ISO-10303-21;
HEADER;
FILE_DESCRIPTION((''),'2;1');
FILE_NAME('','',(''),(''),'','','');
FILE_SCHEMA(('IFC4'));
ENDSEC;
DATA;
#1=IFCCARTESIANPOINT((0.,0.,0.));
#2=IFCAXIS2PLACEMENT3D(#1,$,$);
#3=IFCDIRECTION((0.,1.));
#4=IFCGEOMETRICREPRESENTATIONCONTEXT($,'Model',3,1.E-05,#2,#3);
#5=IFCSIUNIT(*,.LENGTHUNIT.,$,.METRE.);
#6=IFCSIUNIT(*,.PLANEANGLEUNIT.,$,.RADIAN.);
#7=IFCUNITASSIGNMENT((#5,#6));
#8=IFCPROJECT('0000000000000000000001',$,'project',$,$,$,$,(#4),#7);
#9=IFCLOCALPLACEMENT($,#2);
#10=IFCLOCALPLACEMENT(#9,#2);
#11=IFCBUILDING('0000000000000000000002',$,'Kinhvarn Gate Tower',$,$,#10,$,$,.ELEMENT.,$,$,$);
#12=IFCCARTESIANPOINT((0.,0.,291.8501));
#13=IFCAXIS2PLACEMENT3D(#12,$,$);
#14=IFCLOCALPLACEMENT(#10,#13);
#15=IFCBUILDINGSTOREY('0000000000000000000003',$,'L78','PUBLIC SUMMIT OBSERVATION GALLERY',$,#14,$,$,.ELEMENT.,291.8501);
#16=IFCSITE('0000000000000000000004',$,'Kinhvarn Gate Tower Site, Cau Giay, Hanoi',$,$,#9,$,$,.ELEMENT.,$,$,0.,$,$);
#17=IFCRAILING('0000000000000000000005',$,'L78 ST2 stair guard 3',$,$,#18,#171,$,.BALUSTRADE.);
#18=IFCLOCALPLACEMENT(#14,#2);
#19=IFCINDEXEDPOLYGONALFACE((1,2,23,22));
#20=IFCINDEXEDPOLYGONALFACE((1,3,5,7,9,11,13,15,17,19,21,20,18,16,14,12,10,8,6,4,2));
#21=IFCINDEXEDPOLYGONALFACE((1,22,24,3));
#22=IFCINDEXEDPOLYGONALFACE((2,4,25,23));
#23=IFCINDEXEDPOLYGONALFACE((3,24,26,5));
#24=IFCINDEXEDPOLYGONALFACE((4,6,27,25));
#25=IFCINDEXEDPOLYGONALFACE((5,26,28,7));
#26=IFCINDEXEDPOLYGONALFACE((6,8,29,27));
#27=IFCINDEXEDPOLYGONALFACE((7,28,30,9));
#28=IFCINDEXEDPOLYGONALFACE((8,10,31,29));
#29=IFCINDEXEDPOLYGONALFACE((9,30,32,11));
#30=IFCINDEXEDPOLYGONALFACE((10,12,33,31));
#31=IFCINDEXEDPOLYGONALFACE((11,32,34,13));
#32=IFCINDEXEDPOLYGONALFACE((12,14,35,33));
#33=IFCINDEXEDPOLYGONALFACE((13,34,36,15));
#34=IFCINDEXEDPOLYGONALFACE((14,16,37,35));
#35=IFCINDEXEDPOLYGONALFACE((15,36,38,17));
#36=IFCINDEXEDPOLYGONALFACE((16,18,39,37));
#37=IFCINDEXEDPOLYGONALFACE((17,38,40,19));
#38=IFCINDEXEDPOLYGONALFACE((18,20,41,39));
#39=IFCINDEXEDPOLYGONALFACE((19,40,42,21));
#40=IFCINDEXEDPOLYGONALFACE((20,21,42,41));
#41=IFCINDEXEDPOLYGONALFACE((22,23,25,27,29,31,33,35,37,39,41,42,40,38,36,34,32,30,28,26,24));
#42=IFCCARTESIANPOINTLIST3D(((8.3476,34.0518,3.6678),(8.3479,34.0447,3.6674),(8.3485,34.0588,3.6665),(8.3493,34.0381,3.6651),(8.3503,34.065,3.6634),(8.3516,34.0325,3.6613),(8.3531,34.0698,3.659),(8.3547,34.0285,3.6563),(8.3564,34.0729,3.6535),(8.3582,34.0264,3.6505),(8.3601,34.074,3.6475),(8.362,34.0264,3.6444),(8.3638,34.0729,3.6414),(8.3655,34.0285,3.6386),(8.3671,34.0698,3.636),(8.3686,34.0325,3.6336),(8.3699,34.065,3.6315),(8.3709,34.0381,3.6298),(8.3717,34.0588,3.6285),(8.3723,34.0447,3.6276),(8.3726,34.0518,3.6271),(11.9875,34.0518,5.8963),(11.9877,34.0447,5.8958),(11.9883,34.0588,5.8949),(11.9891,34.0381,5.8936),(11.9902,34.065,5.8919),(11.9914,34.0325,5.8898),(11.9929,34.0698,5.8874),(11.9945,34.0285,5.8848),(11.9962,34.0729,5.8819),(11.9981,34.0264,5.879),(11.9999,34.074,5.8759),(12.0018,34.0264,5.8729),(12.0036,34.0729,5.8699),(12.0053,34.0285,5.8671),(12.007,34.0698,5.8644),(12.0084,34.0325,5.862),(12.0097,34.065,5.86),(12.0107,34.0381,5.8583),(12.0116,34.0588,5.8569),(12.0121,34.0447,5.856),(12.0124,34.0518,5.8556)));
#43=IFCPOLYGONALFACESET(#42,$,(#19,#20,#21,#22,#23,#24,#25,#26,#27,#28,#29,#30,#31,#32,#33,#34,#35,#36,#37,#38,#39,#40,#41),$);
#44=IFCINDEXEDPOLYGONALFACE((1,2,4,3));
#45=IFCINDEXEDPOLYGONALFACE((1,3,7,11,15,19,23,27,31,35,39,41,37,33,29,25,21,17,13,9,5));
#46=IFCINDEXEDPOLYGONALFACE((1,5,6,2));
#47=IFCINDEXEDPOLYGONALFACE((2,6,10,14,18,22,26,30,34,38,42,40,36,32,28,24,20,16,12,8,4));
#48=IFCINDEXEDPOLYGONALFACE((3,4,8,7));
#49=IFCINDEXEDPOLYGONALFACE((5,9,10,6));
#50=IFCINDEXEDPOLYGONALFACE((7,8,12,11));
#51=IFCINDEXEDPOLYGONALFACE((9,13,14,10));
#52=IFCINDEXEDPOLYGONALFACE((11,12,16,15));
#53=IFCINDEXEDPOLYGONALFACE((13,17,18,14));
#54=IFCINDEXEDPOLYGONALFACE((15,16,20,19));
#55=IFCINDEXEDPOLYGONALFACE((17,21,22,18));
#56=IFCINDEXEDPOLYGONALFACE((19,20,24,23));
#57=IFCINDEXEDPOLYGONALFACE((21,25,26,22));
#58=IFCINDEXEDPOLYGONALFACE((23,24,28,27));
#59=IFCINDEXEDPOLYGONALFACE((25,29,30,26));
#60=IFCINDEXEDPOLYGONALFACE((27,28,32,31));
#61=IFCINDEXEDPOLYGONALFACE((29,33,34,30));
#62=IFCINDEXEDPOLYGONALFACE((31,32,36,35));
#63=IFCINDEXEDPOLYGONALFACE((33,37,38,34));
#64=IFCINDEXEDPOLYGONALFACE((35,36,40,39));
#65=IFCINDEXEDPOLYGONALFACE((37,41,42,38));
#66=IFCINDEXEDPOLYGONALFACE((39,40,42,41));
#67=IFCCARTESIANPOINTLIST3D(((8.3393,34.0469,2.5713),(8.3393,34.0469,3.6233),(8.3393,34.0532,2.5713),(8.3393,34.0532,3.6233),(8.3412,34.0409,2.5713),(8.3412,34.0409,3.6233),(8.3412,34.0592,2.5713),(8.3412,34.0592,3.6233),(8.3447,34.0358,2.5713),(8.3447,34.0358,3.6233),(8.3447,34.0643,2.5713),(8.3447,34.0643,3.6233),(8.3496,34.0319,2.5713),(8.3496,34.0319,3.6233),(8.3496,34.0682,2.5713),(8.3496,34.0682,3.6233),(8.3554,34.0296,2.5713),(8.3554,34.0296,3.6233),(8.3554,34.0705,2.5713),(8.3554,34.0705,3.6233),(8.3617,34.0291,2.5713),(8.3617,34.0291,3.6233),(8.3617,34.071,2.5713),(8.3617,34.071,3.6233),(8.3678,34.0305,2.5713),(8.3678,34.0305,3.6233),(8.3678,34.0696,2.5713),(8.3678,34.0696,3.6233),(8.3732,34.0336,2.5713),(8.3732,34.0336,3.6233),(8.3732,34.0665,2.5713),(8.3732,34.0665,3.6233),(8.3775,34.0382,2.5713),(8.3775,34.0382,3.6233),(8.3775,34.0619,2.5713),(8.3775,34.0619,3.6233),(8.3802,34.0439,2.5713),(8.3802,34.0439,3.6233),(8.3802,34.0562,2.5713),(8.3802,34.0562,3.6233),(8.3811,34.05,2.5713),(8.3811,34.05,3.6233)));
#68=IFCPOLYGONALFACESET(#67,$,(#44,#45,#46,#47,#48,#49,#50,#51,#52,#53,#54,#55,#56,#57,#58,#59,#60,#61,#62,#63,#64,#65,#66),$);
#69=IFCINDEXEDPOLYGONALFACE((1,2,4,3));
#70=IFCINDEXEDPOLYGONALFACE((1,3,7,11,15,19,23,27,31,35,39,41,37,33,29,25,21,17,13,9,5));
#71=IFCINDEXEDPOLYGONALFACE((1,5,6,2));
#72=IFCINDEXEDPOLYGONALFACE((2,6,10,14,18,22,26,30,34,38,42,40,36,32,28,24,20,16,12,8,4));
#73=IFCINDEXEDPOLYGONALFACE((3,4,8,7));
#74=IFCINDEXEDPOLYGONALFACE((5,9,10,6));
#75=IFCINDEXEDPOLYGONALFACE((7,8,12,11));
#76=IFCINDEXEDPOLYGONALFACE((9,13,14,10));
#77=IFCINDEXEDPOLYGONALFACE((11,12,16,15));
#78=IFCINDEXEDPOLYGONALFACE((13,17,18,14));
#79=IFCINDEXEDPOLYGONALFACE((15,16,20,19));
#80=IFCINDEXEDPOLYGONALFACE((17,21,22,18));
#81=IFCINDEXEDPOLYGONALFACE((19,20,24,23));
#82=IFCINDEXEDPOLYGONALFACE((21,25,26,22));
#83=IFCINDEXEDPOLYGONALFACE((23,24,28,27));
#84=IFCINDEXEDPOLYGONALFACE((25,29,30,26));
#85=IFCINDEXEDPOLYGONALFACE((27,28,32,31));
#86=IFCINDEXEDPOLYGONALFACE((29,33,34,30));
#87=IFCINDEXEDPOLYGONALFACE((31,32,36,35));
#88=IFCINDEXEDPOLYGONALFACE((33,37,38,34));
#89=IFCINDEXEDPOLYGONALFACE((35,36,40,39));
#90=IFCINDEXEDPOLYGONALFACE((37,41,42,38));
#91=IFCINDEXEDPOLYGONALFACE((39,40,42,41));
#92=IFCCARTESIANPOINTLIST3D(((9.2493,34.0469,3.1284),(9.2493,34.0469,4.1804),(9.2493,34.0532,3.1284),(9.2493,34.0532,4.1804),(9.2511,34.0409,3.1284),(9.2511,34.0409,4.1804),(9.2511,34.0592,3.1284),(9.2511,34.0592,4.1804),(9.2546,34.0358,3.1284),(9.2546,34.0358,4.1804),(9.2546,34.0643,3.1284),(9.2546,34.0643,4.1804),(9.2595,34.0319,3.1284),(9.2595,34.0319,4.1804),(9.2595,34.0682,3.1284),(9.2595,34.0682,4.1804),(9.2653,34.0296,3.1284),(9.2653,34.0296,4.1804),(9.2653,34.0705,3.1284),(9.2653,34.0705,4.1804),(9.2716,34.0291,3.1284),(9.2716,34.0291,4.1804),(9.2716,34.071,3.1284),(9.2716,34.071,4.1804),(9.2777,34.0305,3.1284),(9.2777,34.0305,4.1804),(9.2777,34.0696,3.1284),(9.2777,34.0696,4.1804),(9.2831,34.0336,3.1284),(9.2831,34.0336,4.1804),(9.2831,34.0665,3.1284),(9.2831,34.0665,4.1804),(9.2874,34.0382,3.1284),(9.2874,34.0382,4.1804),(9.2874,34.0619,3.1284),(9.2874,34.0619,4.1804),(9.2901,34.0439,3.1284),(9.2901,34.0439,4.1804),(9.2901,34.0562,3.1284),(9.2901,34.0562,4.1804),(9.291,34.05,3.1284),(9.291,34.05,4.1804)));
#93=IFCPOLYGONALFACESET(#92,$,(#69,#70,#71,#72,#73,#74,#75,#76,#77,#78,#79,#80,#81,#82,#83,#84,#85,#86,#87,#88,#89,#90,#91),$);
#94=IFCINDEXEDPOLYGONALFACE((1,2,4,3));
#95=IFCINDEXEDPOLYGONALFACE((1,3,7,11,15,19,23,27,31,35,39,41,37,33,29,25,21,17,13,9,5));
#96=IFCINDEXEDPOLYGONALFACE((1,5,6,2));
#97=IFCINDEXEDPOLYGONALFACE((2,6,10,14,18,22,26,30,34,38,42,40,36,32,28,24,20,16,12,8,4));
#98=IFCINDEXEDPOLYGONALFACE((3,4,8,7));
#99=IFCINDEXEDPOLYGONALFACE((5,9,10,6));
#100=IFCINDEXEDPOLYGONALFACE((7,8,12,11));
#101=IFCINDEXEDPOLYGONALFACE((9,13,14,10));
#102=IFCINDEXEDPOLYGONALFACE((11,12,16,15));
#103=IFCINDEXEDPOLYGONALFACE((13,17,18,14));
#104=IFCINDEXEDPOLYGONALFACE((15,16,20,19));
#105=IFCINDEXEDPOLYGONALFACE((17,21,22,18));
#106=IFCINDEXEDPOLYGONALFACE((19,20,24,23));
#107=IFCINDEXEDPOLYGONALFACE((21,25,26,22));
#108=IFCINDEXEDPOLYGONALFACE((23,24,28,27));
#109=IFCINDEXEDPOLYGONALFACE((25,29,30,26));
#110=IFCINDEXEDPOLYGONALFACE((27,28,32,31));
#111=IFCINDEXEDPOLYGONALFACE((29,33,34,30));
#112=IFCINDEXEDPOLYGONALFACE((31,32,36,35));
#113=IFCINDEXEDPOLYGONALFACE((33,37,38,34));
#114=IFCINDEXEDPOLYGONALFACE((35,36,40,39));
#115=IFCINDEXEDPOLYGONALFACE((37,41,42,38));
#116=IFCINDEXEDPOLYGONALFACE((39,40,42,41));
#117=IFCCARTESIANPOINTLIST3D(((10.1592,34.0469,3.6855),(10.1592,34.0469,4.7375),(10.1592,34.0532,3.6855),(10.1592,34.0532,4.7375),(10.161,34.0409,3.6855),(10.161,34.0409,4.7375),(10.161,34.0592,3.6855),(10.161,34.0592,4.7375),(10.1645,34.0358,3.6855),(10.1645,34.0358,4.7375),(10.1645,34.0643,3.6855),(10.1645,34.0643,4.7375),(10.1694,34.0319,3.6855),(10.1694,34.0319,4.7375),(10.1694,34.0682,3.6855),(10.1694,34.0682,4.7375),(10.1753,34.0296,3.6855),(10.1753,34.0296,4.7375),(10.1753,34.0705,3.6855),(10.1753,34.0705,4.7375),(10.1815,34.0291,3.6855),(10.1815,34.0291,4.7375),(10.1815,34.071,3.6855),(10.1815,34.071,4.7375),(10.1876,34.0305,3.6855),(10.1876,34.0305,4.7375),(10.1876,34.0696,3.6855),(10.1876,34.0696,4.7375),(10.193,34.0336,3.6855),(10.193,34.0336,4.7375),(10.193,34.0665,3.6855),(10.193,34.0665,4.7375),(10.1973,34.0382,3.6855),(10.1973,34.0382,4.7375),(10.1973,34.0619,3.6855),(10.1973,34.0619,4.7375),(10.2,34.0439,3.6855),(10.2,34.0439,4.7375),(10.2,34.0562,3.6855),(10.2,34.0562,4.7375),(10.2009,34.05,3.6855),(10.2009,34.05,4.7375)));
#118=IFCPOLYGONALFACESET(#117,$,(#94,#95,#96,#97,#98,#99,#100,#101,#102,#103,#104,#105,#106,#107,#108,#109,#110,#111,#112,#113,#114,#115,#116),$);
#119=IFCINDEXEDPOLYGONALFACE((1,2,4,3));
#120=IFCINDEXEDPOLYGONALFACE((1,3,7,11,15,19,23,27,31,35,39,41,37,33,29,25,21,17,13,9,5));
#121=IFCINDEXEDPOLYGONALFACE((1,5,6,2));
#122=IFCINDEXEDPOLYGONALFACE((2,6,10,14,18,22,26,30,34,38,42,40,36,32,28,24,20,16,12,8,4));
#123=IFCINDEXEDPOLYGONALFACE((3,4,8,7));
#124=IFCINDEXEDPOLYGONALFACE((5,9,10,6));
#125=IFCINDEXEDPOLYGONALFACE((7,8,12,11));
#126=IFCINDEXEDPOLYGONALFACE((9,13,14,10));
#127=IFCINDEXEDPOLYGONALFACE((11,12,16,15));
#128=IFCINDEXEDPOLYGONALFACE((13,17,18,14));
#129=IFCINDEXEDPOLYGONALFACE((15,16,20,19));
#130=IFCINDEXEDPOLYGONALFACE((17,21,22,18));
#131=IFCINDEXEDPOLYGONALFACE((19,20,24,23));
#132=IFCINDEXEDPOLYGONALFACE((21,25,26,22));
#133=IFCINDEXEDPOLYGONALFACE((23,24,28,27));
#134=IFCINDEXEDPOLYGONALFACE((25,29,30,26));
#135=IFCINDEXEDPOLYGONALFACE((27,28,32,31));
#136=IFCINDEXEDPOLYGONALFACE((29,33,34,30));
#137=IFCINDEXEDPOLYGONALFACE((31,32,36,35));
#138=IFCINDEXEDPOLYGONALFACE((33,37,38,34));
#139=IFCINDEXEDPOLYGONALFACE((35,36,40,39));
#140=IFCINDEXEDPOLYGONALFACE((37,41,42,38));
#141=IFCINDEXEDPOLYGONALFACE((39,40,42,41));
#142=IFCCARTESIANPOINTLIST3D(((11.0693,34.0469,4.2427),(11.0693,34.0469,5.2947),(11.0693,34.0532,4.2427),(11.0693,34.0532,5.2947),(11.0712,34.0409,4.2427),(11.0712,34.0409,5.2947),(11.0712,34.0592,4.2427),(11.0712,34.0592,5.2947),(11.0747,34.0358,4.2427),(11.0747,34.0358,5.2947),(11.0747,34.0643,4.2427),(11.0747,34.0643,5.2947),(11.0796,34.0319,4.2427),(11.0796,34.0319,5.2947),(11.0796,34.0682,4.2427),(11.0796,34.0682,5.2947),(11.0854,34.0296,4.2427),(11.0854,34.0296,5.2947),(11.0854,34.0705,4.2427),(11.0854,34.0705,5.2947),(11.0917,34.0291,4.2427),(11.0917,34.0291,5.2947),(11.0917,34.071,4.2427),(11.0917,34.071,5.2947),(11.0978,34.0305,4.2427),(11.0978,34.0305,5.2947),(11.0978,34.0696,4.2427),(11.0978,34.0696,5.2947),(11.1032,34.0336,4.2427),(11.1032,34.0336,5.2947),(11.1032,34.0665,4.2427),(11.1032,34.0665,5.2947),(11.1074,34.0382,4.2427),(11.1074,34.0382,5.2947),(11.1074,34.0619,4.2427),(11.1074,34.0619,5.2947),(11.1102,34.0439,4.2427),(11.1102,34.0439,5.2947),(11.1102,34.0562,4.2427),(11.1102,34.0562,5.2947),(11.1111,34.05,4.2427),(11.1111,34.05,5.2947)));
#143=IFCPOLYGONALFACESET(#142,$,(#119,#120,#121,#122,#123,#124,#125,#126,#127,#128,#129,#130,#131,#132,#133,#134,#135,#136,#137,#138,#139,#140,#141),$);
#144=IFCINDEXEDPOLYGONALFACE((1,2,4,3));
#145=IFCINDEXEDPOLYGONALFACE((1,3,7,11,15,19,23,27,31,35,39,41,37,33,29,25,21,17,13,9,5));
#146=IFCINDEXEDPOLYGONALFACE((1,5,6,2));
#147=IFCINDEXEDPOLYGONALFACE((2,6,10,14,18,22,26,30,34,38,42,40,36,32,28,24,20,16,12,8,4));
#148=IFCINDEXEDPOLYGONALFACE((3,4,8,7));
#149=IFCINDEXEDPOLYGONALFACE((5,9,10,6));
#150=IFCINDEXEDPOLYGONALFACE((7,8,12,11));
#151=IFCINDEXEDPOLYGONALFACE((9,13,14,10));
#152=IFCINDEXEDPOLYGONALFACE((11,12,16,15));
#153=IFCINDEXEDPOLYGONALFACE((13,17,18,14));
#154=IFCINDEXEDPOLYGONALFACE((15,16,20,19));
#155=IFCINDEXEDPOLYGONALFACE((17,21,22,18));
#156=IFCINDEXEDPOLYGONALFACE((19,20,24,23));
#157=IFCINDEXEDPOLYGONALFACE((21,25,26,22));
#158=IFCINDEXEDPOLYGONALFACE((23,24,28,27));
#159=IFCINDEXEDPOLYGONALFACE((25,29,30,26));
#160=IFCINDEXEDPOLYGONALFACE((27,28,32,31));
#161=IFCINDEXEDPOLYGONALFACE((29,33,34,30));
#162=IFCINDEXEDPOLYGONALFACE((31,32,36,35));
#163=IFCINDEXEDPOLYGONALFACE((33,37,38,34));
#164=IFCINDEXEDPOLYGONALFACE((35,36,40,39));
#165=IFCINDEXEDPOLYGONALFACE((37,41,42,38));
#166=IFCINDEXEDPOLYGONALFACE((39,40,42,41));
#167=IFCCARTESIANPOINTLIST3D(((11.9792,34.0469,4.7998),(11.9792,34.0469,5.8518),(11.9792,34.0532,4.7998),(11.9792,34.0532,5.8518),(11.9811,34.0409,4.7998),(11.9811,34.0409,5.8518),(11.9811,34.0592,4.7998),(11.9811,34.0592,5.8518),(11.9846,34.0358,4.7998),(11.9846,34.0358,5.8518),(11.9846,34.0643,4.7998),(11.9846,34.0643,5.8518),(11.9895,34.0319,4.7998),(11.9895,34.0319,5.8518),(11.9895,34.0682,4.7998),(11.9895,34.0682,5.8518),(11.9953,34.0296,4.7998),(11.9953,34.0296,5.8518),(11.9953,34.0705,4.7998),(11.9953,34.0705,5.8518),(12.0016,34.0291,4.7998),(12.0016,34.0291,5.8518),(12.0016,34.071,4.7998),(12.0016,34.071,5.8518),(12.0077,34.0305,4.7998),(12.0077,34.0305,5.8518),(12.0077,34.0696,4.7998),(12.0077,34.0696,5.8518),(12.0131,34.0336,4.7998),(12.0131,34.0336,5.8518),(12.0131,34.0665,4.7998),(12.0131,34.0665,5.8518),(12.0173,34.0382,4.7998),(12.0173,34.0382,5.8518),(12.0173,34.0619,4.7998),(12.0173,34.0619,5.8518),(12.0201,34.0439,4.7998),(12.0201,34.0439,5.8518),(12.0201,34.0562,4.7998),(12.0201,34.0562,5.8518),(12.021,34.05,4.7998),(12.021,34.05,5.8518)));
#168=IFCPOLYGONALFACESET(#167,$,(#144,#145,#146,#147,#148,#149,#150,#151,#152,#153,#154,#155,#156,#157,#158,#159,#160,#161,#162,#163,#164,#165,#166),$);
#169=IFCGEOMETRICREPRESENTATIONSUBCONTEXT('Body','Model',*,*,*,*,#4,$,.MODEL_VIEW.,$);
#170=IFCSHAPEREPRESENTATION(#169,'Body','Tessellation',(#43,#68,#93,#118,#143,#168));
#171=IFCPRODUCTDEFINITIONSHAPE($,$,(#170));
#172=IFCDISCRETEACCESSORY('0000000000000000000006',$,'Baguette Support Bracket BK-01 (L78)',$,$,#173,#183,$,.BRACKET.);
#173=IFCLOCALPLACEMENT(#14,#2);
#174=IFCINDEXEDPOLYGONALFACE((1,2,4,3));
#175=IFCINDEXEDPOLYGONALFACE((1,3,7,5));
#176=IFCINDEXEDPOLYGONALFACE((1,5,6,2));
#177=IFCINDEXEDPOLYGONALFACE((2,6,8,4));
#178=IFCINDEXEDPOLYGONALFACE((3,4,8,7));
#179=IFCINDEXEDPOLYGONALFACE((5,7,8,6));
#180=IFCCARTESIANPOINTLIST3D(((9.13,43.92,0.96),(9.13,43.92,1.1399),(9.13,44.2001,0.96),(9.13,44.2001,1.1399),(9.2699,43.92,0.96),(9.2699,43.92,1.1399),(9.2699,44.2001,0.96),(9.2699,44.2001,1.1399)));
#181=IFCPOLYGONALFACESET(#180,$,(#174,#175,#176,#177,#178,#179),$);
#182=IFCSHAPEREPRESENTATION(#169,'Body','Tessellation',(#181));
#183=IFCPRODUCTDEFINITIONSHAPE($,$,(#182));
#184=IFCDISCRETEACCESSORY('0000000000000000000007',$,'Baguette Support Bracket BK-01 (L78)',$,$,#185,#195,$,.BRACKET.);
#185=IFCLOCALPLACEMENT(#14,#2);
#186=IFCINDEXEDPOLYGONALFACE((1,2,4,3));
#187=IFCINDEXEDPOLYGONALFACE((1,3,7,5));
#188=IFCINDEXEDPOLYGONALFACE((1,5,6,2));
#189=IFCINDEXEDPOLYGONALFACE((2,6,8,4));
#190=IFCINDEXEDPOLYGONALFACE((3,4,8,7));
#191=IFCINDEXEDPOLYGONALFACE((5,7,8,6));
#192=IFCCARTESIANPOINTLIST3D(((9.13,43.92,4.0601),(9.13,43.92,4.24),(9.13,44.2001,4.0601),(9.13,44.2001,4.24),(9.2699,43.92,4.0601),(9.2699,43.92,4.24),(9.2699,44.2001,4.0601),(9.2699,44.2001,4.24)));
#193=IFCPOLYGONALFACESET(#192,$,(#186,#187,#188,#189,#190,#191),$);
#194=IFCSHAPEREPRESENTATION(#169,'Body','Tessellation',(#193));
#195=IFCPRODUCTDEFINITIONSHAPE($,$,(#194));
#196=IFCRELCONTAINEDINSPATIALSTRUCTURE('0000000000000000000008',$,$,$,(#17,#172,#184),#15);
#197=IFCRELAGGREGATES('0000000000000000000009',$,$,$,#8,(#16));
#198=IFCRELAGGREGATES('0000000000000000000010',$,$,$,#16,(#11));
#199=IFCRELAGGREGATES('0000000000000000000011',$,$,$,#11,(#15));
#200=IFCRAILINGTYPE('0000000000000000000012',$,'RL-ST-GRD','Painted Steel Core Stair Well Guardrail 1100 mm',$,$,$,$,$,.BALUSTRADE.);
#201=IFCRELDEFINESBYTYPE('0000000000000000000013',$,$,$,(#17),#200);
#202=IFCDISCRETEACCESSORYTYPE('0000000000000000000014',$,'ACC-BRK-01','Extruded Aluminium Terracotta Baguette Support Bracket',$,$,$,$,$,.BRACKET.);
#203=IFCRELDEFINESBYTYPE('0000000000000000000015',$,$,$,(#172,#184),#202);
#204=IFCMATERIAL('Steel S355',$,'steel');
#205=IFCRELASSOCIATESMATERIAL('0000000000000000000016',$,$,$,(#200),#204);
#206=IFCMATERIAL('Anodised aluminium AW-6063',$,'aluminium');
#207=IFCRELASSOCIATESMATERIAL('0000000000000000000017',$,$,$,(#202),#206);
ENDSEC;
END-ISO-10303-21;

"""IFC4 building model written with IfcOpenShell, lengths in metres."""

from ifc_helpers import new_model, si_unit, direction, frame, origin, origin_2d, place, context, subcontext, project, spatial, rectangle, circle, extrude, material, type_object, element, save


model = new_model("IFC4")

# Units and contexts
model_context = context("Model", 3, precision=1e-05, world=origin(), true_north=direction((0.0, 1.0)))
body_context = subcontext(model_context, "Body", "Model", "MODEL_VIEW")
ifc_project = project(units=[si_unit("LENGTHUNIT", "METRE"), si_unit("PLANEANGLEUNIT", "RADIAN")], contexts=[model_context])

# Site, building, storey
site_placement = place(None, origin())
site = spatial("IfcSite", under=ifc_project, at=site_placement, Name="Kinhvarn Gate Tower Site, Cau Giay, Hanoi", CompositionType="ELEMENT", RefElevation=0.0)
building_placement = place(site_placement, origin())
building = spatial("IfcBuilding", under=site, at=building_placement, Name="Kinhvarn Gate Tower", CompositionType="ELEMENT")
storey_placement = place(building_placement, frame((0.0, 0.0, 291.8501)))
storey = spatial("IfcBuildingStorey", under=building, at=storey_placement, Name="L78", Description="PUBLIC SUMMIT OBSERVATION GALLERY", CompositionType="ELEMENT", Elevation=291.8501)

# Shared definitions
ifc_material_1 = material(Name="Anodised aluminium AW-6063", Category="aluminium")

# Shared definitions
ifc_material_2 = material(Name="Steel S355", Category="steel")

# Railing
railing_type = type_object("IfcRailingType", Name="RL-ST-GRD", Description="Painted Steel Core Stair Well Guardrail 1100 mm", PredefinedType="BALUSTRADE", material=ifc_material_2)
railing_1_placement = place(storey_placement, frame((8.3601, 34.05, 2.5713)))
element("IfcRailing", 1, at=railing_1_placement, inside=storey, type_object=railing_type, Name="L78 ST2 stair guard 3", PredefinedType="BALUSTRADE", context=body_context, shape_type="SweptSolid", body=[
    extrude(circle(Radius=0.0239, at=origin_2d()), frame((0.0, 0.0, 1.0762), z_axis=(0.85285, 0.0, 0.522156), x_axis=(0.0, 1.0, 0.0)), (0.0, 0.0, 1.0), 4.2678),
    extrude(circle(Radius=0.021, at=origin_2d()), origin(), (0.0, 0.0, 1.0), 1.052),
    extrude(circle(Radius=0.021, at=origin_2d()), frame((0.9099, 0.0, 0.5571)), (0.0, 0.0, 1.0), 1.052),
    extrude(circle(Radius=0.021, at=origin_2d()), frame((1.8198, 0.0, 1.1143)), (0.0, 0.0, 1.0), 1.052),
    extrude(circle(Radius=0.021, at=origin_2d()), frame((2.73, 0.0, 1.6714)), (0.0, 0.0, 1.0), 1.052),
    extrude(circle(Radius=0.021, at=origin_2d()), frame((3.6399, 0.0, 2.2285)), (0.0, 0.0, 1.0), 1.052),
])

# Discrete accessories
discrete_accessory_type = type_object("IfcDiscreteAccessoryType", Name="ACC-BRK-01", Description="Extruded Aluminium Terracotta Baguette Support Bracket", PredefinedType="BRACKET", material=ifc_material_1)
for number, where, z_axis, x_axis, name in (
    (2, (9.2, 44.0601, 0.96), (0.0, 0.0, 1.0), (-1.0, 0.0, 0.0), "Baguette Support Bracket BK-01 (L78)"),
    (3, (9.2, 44.0601, 4.0601), (0.0, 0.0, 1.0), (-1.0, 0.0, 0.0), "Baguette Support Bracket BK-01 (L78)"),
):
    element("IfcDiscreteAccessory", number, at=place(storey_placement, frame(where, z_axis=z_axis, x_axis=x_axis)), inside=storey, type_object=discrete_accessory_type, Name=name, PredefinedType="BRACKET", context=body_context, shape_type="SweptSolid", body=[
        extrude(rectangle(XDim=0.1399, YDim=0.28, at=origin_2d()), origin(), (0.0, 0.0, 1.0), 0.1799),
    ])

save(model, "model.ifc")
